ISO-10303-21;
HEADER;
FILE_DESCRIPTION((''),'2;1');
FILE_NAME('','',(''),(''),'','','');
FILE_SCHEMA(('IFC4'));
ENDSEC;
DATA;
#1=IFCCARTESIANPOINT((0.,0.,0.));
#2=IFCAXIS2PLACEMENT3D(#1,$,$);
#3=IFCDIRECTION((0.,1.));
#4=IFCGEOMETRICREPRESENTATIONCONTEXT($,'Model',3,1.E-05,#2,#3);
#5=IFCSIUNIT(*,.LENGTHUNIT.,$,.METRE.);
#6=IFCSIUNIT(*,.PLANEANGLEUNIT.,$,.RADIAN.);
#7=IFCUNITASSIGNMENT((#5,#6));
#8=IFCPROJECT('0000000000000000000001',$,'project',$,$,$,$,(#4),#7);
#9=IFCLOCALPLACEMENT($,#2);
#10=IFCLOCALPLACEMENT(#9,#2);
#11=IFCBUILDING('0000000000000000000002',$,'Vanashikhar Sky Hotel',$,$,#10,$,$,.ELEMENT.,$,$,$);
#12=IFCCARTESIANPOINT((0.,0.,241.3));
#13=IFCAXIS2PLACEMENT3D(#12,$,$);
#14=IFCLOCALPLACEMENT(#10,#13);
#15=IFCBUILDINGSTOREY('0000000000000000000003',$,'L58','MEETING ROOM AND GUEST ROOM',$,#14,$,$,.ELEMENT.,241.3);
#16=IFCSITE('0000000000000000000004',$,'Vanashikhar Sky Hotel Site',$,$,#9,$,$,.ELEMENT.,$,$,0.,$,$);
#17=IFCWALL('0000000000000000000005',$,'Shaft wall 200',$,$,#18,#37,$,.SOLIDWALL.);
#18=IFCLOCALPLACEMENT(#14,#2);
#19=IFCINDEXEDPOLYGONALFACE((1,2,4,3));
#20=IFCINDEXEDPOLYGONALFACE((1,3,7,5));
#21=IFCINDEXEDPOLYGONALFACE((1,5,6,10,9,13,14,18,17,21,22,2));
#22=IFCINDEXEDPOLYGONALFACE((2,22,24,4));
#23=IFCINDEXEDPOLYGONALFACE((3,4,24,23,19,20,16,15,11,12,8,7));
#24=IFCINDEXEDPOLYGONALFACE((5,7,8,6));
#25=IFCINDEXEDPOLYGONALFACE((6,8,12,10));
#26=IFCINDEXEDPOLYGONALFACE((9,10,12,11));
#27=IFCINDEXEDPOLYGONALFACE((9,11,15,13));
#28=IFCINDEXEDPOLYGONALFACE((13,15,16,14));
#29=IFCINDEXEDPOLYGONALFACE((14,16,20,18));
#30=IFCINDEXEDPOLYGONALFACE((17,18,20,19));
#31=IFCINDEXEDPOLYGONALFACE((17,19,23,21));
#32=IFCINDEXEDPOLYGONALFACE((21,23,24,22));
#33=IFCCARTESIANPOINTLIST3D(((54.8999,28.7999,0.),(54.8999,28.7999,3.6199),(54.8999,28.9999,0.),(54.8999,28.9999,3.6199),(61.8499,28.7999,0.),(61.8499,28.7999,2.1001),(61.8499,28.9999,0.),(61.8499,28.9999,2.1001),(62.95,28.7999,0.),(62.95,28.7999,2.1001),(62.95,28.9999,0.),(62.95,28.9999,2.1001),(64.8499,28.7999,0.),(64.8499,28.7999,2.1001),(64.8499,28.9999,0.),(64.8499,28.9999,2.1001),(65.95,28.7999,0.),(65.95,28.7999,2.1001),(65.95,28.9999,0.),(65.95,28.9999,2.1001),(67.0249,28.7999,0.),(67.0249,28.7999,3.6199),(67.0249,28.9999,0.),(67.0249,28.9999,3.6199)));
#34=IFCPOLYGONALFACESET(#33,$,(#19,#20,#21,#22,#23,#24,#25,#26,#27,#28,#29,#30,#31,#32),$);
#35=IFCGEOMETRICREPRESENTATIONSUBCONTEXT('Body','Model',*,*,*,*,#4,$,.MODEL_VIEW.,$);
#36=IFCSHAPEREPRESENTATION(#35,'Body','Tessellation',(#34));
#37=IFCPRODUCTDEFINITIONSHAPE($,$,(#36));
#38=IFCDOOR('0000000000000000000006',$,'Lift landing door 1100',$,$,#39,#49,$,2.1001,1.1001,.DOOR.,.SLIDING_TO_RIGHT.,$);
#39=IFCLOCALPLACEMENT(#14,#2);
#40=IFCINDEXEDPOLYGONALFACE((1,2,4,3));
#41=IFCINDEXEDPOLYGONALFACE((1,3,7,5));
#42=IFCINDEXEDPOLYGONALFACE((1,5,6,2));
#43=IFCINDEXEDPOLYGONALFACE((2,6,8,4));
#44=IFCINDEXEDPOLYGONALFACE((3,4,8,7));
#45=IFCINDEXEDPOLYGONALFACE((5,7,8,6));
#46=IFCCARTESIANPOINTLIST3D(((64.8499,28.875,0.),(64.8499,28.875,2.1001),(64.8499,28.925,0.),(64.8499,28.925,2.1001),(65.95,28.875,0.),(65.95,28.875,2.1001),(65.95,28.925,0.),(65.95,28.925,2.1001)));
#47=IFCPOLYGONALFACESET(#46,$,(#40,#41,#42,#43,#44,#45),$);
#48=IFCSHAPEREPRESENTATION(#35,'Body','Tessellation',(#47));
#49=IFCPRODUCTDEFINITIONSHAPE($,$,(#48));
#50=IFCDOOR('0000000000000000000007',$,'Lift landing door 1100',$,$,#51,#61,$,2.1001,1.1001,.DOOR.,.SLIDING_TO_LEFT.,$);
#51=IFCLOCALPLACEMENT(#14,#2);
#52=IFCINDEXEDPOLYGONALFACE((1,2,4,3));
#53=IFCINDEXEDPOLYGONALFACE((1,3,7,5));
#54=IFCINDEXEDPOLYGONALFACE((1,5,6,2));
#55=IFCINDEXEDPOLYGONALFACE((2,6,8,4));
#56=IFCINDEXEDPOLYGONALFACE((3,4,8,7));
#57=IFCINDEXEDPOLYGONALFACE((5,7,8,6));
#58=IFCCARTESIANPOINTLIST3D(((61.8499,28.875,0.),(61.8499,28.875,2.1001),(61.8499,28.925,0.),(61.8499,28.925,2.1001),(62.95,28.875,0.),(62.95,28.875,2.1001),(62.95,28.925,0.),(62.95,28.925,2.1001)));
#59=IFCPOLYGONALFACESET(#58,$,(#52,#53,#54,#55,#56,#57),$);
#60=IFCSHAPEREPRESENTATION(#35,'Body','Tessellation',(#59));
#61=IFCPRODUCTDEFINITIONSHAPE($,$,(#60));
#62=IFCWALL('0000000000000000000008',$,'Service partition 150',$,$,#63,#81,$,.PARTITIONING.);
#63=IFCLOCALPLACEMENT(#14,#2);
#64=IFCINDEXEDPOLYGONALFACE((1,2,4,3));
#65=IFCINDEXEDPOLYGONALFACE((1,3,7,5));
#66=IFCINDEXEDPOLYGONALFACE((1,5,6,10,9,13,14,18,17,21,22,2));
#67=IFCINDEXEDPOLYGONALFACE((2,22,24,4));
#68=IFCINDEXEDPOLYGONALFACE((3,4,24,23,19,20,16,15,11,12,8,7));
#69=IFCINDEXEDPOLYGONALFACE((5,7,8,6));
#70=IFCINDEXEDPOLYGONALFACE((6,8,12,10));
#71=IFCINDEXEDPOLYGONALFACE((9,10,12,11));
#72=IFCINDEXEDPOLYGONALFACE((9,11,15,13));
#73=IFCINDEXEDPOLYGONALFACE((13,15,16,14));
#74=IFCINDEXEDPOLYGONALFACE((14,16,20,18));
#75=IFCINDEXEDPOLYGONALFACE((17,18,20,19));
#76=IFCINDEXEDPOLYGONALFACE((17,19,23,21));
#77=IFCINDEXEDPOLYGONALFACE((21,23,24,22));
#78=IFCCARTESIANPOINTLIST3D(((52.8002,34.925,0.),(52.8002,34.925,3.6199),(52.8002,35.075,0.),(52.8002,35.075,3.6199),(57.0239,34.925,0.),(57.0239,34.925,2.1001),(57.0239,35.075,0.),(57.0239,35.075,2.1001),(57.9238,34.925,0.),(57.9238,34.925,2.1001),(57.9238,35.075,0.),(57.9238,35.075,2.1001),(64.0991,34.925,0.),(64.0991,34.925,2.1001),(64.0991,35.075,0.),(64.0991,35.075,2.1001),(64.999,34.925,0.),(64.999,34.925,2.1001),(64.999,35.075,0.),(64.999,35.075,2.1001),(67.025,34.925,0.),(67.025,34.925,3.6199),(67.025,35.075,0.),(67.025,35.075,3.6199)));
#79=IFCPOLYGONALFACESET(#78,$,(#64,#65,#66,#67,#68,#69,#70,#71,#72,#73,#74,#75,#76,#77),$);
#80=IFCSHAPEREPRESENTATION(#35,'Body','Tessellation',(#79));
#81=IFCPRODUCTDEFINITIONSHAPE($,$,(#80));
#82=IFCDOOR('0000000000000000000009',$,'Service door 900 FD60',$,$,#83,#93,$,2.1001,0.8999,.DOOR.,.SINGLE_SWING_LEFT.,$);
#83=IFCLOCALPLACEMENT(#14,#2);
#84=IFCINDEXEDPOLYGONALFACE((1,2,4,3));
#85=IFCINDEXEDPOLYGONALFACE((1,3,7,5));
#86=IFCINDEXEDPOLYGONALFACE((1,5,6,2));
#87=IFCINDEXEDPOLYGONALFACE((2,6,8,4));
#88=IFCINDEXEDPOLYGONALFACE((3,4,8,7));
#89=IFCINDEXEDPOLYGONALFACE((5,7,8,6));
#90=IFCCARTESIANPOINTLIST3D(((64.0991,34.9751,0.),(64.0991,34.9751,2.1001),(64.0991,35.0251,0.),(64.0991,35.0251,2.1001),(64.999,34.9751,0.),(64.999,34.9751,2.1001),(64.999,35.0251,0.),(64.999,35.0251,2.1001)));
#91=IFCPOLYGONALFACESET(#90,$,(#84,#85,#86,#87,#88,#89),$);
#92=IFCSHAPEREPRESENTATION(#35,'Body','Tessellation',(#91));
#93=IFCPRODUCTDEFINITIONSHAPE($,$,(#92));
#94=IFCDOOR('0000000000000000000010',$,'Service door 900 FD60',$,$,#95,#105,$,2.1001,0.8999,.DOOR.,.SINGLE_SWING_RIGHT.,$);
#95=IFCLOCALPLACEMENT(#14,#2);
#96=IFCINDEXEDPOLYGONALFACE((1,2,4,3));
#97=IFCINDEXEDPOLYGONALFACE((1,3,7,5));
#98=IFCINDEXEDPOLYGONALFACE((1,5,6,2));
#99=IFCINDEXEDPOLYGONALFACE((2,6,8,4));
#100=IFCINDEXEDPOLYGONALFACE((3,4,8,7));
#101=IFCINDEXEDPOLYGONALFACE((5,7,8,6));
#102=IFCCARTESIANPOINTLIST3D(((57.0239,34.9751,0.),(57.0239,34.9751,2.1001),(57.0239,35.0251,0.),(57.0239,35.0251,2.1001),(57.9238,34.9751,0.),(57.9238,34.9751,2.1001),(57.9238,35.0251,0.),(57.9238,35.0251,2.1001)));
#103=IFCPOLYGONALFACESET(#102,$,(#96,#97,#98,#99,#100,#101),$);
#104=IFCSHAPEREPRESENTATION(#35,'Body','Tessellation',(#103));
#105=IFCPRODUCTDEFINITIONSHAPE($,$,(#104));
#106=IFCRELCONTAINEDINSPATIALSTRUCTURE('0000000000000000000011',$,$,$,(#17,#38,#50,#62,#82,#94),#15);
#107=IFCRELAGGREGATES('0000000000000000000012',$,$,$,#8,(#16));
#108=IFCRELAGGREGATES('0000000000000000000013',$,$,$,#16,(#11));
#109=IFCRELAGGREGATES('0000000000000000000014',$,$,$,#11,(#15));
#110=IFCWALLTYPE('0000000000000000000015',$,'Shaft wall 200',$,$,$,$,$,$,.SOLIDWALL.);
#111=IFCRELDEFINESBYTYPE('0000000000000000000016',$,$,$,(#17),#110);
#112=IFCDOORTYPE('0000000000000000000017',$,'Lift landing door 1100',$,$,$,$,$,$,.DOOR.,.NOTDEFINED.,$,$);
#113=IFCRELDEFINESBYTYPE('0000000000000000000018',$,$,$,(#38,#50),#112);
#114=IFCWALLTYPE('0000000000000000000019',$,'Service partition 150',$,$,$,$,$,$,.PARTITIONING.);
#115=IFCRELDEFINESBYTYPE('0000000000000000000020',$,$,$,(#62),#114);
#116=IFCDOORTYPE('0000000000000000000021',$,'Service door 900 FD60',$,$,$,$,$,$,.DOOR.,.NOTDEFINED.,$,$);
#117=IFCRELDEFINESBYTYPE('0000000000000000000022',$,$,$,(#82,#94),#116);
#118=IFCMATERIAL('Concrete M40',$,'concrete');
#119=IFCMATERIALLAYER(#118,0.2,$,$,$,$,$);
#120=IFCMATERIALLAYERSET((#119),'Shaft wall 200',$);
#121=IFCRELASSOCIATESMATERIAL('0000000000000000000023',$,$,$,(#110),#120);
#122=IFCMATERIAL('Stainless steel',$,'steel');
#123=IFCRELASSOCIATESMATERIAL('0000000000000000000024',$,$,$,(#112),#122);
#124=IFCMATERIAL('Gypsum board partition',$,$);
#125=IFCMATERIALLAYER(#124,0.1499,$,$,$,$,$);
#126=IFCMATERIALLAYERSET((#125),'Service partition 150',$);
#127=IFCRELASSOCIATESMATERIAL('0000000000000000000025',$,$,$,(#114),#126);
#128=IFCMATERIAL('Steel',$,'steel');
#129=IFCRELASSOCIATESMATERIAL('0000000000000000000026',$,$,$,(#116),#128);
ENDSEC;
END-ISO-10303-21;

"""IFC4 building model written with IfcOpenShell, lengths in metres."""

from ifc_helpers import new_model, si_unit, direction, frame, frame_2d, origin, place, context, subcontext, project, spatial, rectangle, extrude, source, transform, mapped, material, layer, layer_set, type_object, element, fill, save


model = new_model("IFC4")

# Units and contexts
model_context = context("Model", 3, precision=1e-05, world=origin(), true_north=direction((0.0, 1.0)))
body_context = subcontext(model_context, "Body", "Model", "MODEL_VIEW")
ifc_project = project(units=[si_unit("LENGTHUNIT", "METRE"), si_unit("PLANEANGLEUNIT", "RADIAN")], contexts=[model_context])

# Site, building, storey
site_placement = place(None, origin())
site = spatial("IfcSite", under=ifc_project, at=site_placement, Name="Vanashikhar Sky Hotel Site", CompositionType="ELEMENT", RefElevation=0.0)
building_placement = place(site_placement, origin())
building = spatial("IfcBuilding", under=site, at=building_placement, Name="Vanashikhar Sky Hotel", CompositionType="ELEMENT")
storey_placement = place(building_placement, frame((0.0, 0.0, 241.3)))
storey = spatial("IfcBuildingStorey", under=building, at=storey_placement, Name="L58", Description="MEETING ROOM AND GUEST ROOM", CompositionType="ELEMENT", Elevation=241.3)

# Shared definitions
ifc_material_1 = material(Name="Steel", Category="steel")
shared_shape_1 = source(origin(), body_context, "Body", "SweptSolid", [
    extrude(rectangle(XDim=1.1001, YDim=2.1001, at=frame_2d((0.55, 1.05))), frame((0.0, 0.0249, 0.0), z_axis=(0.0, -1.0, 0.0), x_axis=(1.0, 0.0, 0.0)), (0.0, 0.0, 1.0), 0.05),
])

# Shared definitions
ifc_material_2 = material(Name="Concrete M40", Category="concrete")
ifc_layer_1 = layer(ifc_material_2, 0.2)
ifc_layer_set_1 = layer_set([ifc_layer_1], Name="Shaft wall 200")
wall_type_1 = type_object("IfcWallType", Name="Shaft wall 200", PredefinedType="SOLIDWALL", material=ifc_layer_set_1)
shared_shape_2 = source(origin(), body_context, "Body", "SweptSolid", [
    extrude(rectangle(XDim=1.1001, YDim=2.1001, at=frame_2d((0.55, 1.05))), frame((0.0, 0.1099, 0.0), z_axis=(0.0, -1.0, 0.0), x_axis=(1.0, 0.0, 0.0)), (0.0, 0.0, 1.0), 0.22),
])
ifc_material_3 = material(Name="Stainless steel", Category="steel")
door_type_1 = type_object("IfcDoorType", Name="Lift landing door 1100", OperationType="NOTDEFINED", PredefinedType="DOOR", material=ifc_material_3)

# Shared definitions
ifc_material_4 = material(Name="Gypsum board partition")
ifc_layer_2 = layer(ifc_material_4, 0.1499)
ifc_layer_set_2 = layer_set([ifc_layer_2], Name="Service partition 150")
wall_type_2 = type_object("IfcWallType", Name="Service partition 150", PredefinedType="PARTITIONING", material=ifc_layer_set_2)

# Walls, openings, doors
shared_shape_3 = source(origin(), body_context, "Body", "SweptSolid", [
    extrude(rectangle(XDim=12.125, YDim=0.2, at=frame_2d((6.0625, 0.0))), origin(), (0.0, 0.0, 1.0), 3.6199),
])
wall_1_placement = place(storey_placement, frame((67.0249, 28.8999, 0.0), z_axis=(0.0, 0.0, 1.0), x_axis=(-1.0, 0.0, 0.0)))
wall_1 = element("IfcWall", 1, at=wall_1_placement, inside=storey, type_object=wall_type_1, Name="Shaft wall 200", PredefinedType="SOLIDWALL", context=body_context, shape_type="MappedRepresentation", body=[
    mapped(shared_shape_3, transform((0.0, 0.0, 0.0), scale=1.0)),
])
opening_1_placement = place(wall_1_placement, frame((1.075, 0.0, 0.0)))
opening_1 = element("IfcOpeningElement", 2, at=opening_1_placement, cuts=wall_1, PredefinedType="OPENING", context=body_context, shape_type="MappedRepresentation", body=[
    mapped(shared_shape_2, transform((0.0, 0.0, 0.0), scale=1.0)),
])
opening_2_placement = place(wall_1_placement, frame((4.075, 0.0, 0.0)))
opening_2 = element("IfcOpeningElement", 3, at=opening_2_placement, cuts=wall_1, PredefinedType="OPENING", context=body_context, shape_type="MappedRepresentation", body=[
    mapped(shared_shape_2, transform((0.0, 0.0, 0.0), scale=1.0)),
])
door_1_placement = place(opening_1_placement, origin())
door_1 = element("IfcDoor", 4, at=door_1_placement, inside=storey, type_object=door_type_1, Name="Lift landing door 1100", OperationType="SLIDING_TO_RIGHT", OverallHeight=2.1001, OverallWidth=1.1001, PredefinedType="DOOR", context=body_context, shape_type="MappedRepresentation", body=[
    mapped(shared_shape_1, transform((0.0, 0.0, 0.0), scale=1.0)),
])
fill(opening_1, door_1)
door_2_placement = place(opening_2_placement, origin())
door_2 = element("IfcDoor", 5, at=door_2_placement, inside=storey, type_object=door_type_1, Name="Lift landing door 1100", OperationType="SLIDING_TO_LEFT", OverallHeight=2.1001, OverallWidth=1.1001, PredefinedType="DOOR", context=body_context, shape_type="MappedRepresentation", body=[
    mapped(shared_shape_1, transform((0.0, 0.0, 0.0), scale=1.0)),
])
fill(opening_2, door_2)
shared_shape_4 = source(origin(), body_context, "Body", "SweptSolid", [
    extrude(rectangle(XDim=14.2249, YDim=0.1499, at=frame_2d((7.1123, 0.0))), origin(), (0.0, 0.0, 1.0), 3.6199),
])
wall_2_placement = place(storey_placement, frame((67.0249, 35.0, 0.0), z_axis=(0.0, 0.0, 1.0), x_axis=(-1.0, 0.0, 0.0)))
wall_2 = element("IfcWall", 6, at=wall_2_placement, inside=storey, type_object=wall_type_2, Name="Service partition 150", PredefinedType="PARTITIONING", context=body_context, shape_type="MappedRepresentation", body=[
    mapped(shared_shape_4, transform((0.0, 0.0, 0.0), scale=1.0)),
])
shared_shape_5 = source(origin(), body_context, "Body", "SweptSolid", [
    extrude(rectangle(XDim=0.8999, YDim=2.1001, at=frame_2d((0.45, 1.05))), frame((0.0, 0.085, 0.0), z_axis=(0.0, -1.0, 0.0), x_axis=(1.0, 0.0, 0.0)), (0.0, 0.0, 1.0), 0.1699),
])
opening_3_placement = place(wall_2_placement, frame((2.0259, 0.0, 0.0)))
opening_3 = element("IfcOpeningElement", 7, at=opening_3_placement, cuts=wall_2, PredefinedType="OPENING", context=body_context, shape_type="MappedRepresentation", body=[
    mapped(shared_shape_5, transform((0.0, 0.0, 0.0), scale=1.0)),
])
opening_4_placement = place(wall_2_placement, frame((9.1011, 0.0, 0.0)))
opening_4 = element("IfcOpeningElement", 8, at=opening_4_placement, cuts=wall_2, PredefinedType="OPENING", context=body_context, shape_type="MappedRepresentation", body=[
    mapped(shared_shape_5, transform((0.0, 0.0, 0.0), scale=1.0)),
])
door_type_2 = type_object("IfcDoorType", Name="Service door 900 FD60", OperationType="NOTDEFINED", PredefinedType="DOOR", material=ifc_material_1)
shared_shape_6 = source(origin(), body_context, "Body", "SweptSolid", [
    extrude(rectangle(XDim=0.8999, YDim=2.1001, at=frame_2d((0.45, 1.05))), frame((0.0, 0.0249, 0.0), z_axis=(0.0, -1.0, 0.0), x_axis=(1.0, 0.0, 0.0)), (0.0, 0.0, 1.0), 0.05),
])
door_3_placement = place(opening_3_placement, origin())
door_3 = element("IfcDoor", 9, at=door_3_placement, inside=storey, type_object=door_type_2, Name="Service door 900 FD60", OperationType="SINGLE_SWING_LEFT", OverallHeight=2.1001, OverallWidth=0.8999, PredefinedType="DOOR", context=body_context, shape_type="MappedRepresentation", body=[
    mapped(shared_shape_6, transform((0.0, 0.0, 0.0), scale=1.0)),
])
fill(opening_3, door_3)
door_4_placement = place(opening_4_placement, origin())
door_4 = element("IfcDoor", 10, at=door_4_placement, inside=storey, type_object=door_type_2, Name="Service door 900 FD60", OperationType="SINGLE_SWING_RIGHT", OverallHeight=2.1001, OverallWidth=0.8999, PredefinedType="DOOR", context=body_context, shape_type="MappedRepresentation", body=[
    mapped(shared_shape_6, transform((0.0, 0.0, 0.0), scale=1.0)),
])
fill(opening_4, door_4)

save(model, "model.ifc")
